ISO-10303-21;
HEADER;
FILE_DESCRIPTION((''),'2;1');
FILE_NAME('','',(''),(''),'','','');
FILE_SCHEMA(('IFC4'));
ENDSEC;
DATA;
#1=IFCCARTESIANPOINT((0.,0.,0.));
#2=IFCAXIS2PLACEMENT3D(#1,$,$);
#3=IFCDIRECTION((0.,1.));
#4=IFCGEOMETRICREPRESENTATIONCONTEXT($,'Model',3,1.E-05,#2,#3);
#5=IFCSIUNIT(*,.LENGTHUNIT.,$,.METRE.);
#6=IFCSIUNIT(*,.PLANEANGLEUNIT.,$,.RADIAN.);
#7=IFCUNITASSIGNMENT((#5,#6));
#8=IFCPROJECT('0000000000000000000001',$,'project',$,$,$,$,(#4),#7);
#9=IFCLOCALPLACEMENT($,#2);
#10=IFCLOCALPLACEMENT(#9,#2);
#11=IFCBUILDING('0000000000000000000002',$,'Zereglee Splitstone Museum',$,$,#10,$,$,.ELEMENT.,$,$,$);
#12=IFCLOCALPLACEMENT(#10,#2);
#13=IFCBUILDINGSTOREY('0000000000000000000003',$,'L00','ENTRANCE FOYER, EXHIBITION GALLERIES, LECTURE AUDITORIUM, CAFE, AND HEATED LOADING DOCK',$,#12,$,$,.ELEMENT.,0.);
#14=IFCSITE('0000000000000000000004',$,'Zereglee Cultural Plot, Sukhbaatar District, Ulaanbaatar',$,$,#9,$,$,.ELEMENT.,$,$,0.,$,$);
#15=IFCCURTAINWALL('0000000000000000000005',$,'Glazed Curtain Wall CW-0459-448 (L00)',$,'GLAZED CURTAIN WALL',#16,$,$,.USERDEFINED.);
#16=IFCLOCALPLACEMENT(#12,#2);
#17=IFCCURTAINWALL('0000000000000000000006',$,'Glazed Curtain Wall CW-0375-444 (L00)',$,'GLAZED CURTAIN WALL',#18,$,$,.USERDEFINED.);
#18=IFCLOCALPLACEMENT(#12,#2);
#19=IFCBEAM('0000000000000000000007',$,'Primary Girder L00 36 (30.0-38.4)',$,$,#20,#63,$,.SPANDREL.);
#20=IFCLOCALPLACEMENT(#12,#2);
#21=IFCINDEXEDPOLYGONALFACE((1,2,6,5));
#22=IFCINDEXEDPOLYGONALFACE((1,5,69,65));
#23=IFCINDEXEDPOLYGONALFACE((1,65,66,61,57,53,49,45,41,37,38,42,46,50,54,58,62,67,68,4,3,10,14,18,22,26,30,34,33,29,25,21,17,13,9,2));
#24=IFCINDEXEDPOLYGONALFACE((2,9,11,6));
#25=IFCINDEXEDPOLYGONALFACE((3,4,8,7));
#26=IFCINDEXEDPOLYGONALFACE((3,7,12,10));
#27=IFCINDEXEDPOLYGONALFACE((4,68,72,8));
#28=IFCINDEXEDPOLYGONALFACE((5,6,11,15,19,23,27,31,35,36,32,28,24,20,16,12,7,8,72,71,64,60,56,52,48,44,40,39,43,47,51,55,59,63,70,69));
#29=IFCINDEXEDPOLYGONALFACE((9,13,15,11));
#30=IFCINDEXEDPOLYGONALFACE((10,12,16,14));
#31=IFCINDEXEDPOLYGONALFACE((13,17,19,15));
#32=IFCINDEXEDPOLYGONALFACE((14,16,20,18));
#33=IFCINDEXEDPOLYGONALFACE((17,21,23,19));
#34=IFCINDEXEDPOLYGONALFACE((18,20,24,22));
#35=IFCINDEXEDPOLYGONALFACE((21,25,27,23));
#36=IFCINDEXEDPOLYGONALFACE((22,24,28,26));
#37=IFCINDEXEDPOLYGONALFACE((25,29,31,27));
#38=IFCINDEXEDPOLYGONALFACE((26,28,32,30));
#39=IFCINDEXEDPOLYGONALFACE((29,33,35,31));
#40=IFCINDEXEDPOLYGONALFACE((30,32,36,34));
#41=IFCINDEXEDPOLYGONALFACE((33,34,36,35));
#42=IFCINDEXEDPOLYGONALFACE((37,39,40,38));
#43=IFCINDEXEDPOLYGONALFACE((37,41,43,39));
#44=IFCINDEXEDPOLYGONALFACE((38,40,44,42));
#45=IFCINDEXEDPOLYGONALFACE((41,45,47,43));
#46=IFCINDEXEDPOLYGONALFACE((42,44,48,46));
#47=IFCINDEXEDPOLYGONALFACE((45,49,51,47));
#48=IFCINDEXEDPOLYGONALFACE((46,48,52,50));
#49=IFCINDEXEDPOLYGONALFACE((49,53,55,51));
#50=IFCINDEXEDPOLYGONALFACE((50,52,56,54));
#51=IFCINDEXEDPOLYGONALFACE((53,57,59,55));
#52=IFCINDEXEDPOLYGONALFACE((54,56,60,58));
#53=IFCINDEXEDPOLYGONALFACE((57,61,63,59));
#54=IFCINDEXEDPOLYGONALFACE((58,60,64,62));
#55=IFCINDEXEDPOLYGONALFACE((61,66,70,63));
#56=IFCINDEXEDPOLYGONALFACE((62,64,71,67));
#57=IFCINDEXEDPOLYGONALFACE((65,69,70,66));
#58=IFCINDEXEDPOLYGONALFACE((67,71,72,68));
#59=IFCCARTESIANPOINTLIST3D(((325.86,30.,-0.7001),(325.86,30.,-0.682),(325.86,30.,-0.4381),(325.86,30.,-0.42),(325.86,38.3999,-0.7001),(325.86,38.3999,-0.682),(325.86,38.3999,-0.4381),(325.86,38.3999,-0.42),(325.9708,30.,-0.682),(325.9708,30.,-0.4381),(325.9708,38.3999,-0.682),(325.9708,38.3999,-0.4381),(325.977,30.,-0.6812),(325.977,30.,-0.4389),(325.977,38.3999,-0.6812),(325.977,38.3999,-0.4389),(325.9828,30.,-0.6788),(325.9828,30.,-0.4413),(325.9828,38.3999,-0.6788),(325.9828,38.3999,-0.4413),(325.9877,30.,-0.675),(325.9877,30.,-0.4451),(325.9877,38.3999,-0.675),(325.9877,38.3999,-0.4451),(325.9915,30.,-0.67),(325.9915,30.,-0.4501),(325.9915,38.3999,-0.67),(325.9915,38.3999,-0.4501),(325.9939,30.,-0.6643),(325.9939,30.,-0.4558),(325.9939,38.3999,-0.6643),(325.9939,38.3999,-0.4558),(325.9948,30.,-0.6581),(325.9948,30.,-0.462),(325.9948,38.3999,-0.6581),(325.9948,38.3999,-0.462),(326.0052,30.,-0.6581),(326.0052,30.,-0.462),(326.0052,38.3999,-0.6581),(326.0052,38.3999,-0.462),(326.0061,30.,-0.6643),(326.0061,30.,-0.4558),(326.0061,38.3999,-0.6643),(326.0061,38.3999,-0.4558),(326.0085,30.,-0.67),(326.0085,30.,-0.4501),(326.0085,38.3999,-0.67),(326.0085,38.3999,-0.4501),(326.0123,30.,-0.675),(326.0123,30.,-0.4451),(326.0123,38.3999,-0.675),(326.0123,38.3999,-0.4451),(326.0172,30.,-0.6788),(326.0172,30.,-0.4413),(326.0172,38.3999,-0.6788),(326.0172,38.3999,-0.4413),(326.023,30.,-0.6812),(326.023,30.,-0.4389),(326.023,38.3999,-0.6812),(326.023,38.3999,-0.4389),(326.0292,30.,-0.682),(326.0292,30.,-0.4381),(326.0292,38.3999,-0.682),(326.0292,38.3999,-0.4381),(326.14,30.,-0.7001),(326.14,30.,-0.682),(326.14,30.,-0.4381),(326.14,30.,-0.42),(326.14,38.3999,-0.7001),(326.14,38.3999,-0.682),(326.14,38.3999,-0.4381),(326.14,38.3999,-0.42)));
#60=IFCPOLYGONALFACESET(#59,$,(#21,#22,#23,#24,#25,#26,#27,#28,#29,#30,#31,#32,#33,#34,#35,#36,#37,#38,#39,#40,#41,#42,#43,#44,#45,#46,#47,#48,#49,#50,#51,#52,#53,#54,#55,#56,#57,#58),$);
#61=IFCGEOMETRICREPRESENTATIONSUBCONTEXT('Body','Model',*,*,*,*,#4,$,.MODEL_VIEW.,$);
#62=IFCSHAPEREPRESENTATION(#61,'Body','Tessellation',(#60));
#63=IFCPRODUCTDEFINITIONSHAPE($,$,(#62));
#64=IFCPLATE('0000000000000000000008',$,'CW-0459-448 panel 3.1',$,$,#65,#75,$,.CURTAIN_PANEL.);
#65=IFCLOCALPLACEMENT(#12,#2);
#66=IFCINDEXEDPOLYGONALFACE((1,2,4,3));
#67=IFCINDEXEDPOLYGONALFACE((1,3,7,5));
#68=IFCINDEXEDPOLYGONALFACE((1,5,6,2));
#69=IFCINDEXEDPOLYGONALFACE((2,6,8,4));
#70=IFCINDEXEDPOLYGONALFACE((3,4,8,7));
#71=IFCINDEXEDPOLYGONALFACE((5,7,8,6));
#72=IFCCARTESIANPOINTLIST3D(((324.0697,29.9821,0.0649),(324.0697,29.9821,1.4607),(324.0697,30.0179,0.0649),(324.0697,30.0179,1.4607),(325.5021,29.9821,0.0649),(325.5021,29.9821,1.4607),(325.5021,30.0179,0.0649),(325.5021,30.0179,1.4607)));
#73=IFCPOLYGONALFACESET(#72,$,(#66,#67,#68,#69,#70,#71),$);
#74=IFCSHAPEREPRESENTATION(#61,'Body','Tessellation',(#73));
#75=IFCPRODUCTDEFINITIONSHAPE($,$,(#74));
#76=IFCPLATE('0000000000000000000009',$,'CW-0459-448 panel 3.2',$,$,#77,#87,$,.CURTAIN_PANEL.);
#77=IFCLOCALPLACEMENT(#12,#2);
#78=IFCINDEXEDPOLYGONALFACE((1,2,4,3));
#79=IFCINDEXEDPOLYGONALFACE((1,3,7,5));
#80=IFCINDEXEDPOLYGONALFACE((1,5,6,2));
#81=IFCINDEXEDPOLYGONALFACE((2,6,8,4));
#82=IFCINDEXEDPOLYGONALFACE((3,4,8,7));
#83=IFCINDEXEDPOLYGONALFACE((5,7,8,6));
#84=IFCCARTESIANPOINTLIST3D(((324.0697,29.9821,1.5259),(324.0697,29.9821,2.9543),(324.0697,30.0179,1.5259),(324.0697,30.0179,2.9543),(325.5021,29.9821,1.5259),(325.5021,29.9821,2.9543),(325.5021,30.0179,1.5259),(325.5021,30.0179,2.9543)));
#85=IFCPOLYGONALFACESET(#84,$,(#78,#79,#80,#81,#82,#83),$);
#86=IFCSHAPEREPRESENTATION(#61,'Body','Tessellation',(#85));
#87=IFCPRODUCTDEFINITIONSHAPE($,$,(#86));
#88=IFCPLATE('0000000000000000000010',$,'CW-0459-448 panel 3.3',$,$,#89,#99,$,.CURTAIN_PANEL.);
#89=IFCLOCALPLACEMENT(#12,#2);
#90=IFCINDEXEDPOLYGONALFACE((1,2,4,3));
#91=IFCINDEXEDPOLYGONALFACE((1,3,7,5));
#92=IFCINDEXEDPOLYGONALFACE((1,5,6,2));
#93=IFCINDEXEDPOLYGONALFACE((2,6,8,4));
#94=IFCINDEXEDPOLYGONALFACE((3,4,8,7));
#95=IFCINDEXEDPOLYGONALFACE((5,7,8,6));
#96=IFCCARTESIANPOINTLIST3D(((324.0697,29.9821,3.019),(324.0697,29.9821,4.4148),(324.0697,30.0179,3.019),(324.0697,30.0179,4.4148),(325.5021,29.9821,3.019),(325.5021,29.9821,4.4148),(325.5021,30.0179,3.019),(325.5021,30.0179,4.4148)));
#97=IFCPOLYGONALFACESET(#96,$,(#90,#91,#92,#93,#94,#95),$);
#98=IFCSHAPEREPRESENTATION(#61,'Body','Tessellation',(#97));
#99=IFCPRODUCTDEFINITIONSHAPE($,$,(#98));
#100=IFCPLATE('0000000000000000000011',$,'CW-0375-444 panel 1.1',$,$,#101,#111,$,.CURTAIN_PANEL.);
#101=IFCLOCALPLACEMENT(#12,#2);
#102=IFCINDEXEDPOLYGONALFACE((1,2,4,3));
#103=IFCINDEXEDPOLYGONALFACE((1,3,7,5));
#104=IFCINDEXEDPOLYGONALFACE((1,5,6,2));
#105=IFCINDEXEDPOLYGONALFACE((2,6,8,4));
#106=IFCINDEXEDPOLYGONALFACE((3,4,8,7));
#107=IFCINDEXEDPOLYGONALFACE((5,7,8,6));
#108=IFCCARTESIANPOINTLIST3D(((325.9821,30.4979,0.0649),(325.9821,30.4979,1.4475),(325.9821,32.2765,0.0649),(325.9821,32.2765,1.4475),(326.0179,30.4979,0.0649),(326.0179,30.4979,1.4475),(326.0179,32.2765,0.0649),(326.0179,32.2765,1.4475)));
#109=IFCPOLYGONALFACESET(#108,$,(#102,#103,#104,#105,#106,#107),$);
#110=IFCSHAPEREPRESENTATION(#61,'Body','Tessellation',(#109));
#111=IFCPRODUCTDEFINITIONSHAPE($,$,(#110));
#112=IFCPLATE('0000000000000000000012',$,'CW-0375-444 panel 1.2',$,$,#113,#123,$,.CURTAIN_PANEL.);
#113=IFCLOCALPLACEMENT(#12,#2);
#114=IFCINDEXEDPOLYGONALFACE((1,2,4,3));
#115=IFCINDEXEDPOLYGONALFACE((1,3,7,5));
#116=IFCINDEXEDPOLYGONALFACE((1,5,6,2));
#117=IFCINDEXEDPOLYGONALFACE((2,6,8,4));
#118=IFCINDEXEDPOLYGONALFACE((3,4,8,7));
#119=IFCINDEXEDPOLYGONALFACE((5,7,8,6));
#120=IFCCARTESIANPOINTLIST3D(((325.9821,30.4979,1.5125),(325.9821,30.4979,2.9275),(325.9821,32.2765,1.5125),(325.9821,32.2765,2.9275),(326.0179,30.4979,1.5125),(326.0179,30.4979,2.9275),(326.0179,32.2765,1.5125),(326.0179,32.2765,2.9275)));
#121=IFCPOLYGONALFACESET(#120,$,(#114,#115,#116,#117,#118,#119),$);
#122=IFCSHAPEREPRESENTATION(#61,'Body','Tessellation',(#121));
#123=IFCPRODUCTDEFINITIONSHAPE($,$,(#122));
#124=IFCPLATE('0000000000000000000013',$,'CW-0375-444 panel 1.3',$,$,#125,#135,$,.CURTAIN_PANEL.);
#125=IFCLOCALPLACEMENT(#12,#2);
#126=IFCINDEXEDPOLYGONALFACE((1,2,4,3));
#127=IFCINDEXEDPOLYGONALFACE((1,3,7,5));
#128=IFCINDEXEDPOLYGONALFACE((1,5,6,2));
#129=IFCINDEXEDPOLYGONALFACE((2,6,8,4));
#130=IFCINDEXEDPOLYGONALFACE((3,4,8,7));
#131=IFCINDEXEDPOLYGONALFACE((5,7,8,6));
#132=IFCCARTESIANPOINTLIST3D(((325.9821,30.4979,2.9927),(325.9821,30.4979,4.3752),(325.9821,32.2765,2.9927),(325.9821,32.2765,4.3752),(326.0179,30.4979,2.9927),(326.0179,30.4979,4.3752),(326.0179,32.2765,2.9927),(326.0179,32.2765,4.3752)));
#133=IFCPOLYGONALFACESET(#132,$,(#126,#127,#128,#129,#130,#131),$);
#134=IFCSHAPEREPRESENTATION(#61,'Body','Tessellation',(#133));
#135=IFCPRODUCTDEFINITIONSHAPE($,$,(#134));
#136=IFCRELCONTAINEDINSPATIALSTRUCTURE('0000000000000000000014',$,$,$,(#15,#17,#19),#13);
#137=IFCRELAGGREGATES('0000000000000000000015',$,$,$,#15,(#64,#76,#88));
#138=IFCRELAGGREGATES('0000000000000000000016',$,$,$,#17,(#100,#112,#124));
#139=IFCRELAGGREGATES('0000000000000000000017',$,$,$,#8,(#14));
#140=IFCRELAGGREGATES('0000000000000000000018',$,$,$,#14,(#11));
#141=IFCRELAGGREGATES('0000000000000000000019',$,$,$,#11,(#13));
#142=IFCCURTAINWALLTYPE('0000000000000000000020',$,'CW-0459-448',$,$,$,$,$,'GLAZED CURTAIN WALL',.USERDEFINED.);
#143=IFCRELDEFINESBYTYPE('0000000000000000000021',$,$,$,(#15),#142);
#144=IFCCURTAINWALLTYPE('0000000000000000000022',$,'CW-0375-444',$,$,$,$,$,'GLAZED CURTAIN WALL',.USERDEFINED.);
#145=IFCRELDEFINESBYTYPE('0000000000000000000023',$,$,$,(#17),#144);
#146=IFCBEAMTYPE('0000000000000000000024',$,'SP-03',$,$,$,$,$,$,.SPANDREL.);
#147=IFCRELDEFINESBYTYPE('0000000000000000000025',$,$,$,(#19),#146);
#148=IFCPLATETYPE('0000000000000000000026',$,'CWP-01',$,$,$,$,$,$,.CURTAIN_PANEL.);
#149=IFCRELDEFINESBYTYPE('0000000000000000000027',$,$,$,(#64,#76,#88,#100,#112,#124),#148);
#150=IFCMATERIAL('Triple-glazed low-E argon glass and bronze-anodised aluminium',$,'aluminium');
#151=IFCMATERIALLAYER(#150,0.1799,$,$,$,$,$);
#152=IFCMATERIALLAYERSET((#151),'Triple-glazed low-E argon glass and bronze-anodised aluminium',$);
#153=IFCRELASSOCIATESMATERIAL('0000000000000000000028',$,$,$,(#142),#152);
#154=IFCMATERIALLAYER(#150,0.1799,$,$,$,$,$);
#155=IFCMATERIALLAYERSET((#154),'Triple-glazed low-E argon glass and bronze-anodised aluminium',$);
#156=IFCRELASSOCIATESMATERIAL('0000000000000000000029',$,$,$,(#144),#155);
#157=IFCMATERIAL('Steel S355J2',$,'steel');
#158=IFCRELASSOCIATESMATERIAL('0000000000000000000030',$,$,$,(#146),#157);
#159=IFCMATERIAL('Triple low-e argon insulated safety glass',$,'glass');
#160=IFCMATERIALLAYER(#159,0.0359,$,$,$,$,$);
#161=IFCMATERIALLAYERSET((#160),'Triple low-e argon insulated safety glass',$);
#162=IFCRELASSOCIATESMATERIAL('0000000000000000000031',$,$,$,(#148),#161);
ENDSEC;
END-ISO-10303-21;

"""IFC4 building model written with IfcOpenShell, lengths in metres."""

from ifc_helpers import new_model, si_unit, direction, frame, origin, origin_2d, place, context, subcontext, project, spatial, rectangle, i_section, extrude, material, layer, layer_set, material_profile, profile_set, type_object, element, aggregate, save


model = new_model("IFC4")

# Units and contexts
model_context = context("Model", 3, precision=1e-05, world=origin(), true_north=direction((0.0, 1.0)))
body_context = subcontext(model_context, "Body", "Model", "MODEL_VIEW")
ifc_project = project(units=[si_unit("LENGTHUNIT", "METRE"), si_unit("PLANEANGLEUNIT", "RADIAN")], contexts=[model_context])

# Site, building, storey
site_placement = place(None, origin())
site = spatial("IfcSite", under=ifc_project, at=site_placement, Name="Zereglee Cultural Plot, Sukhbaatar District, Ulaanbaatar", CompositionType="ELEMENT", RefElevation=0.0)
building_placement = place(site_placement, origin())
building = spatial("IfcBuilding", under=site, at=building_placement, Name="Zereglee Splitstone Museum", CompositionType="ELEMENT")
storey_placement = place(building_placement, origin())
storey = spatial("IfcBuildingStorey", under=building, at=storey_placement, Name="L00", Description="ENTRANCE FOYER, EXHIBITION GALLERIES, LECTURE AUDITORIUM, CAFE, AND HEATED LOADING DOCK", CompositionType="ELEMENT", Elevation=0.0)

# Curtain walls
ifc_material_1 = material(Name="Triple-glazed low-E argon glass and bronze-anodised aluminium", Category="aluminium")
ifc_layer_1 = layer(ifc_material_1, 0.1799)
ifc_layer_set_1 = layer_set([ifc_layer_1], Name="Triple-glazed low-E argon glass and bronze-anodised aluminium")
curtain_wall_type_1 = type_object("IfcCurtainWallType", Name="CW-0459-448", ElementType="GLAZED CURTAIN WALL", PredefinedType="USERDEFINED", material=ifc_layer_set_1)
curtain_wall_1_placement = place(storey_placement, origin())
curtain_wall_1 = element("IfcCurtainWall", 1, at=curtain_wall_1_placement, inside=storey, type_object=curtain_wall_type_1, Name="Glazed Curtain Wall CW-0459-448 (L00)", ObjectType="GLAZED CURTAIN WALL", PredefinedType="USERDEFINED")
ifc_layer_2 = layer(ifc_material_1, 0.1799)
ifc_layer_set_2 = layer_set([ifc_layer_2], Name="Triple-glazed low-E argon glass and bronze-anodised aluminium")
curtain_wall_type_2 = type_object("IfcCurtainWallType", Name="CW-0375-444", ElementType="GLAZED CURTAIN WALL", PredefinedType="USERDEFINED", material=ifc_layer_set_2)
curtain_wall_2_placement = place(storey_placement, origin())
curtain_wall_2 = element("IfcCurtainWall", 2, at=curtain_wall_2_placement, inside=storey, type_object=curtain_wall_type_2, Name="Glazed Curtain Wall CW-0375-444 (L00)", ObjectType="GLAZED CURTAIN WALL", PredefinedType="USERDEFINED")

# Beam
ifc_material_2 = material(Name="Steel S355J2", Category="steel")
ifc_material_profile_1 = material_profile(ifc_material_2, i_section(OverallWidth=0.28, OverallDepth=0.28, WebThickness=0.0105, FlangeThickness=0.0181, FilletRadius=0.0239, at=origin_2d()), Name="HE 280 B")
ifc_profile_set_1 = profile_set([ifc_material_profile_1], Name="Steel S355J2")
beam_type = type_object("IfcBeamType", Name="SP-03", PredefinedType="SPANDREL", material=ifc_profile_set_1)
beam_placement = place(storey_placement, frame((326.0, 30.0, -0.5601), z_axis=(0.0, 1.0, 0.0), x_axis=(-1.0, 0.0, 0.0)))
element("IfcBeam", 3, at=beam_placement, inside=storey, type_object=beam_type, Name="Primary Girder L00 36 (30.0-38.4)", PredefinedType="SPANDREL", context=body_context, shape_type="SweptSolid", body=[
    extrude(i_section(OverallWidth=0.28, OverallDepth=0.28, WebThickness=0.0105, FlangeThickness=0.0181, FilletRadius=0.0239, at=origin_2d()), origin(), (0.0, 0.0, 1.0), 8.3999),
])

# Plates
ifc_material_3 = material(Name="Triple low-e argon insulated safety glass", Category="glass")
ifc_layer_3 = layer(ifc_material_3, 0.0359)
ifc_layer_set_3 = layer_set([ifc_layer_3], Name="Triple low-e argon insulated safety glass")
plate_type = type_object("IfcPlateType", Name="CWP-01", PredefinedType="CURTAIN_PANEL", material=ifc_layer_set_3)
plate_1_placement = place(storey_placement, frame((324.7859, 30.0, 0.0649), z_axis=(0.0, 0.0, 1.0), x_axis=(1.0, 0.0, 0.0)))
plate_1 = element("IfcPlate", 4, at=plate_1_placement, type_object=plate_type, Name="CW-0459-448 panel 3.1", PredefinedType="CURTAIN_PANEL", context=body_context, shape_type="SweptSolid", body=[
    extrude(rectangle(XDim=1.4324, YDim=0.0359, at=origin_2d()), origin(), (0.0, 0.0, 1.0), 1.3958),
])
plate_2_placement = place(storey_placement, frame((324.7859, 30.0, 1.5259), z_axis=(0.0, 0.0, 1.0), x_axis=(1.0, 0.0, 0.0)))
plate_2 = element("IfcPlate", 5, at=plate_2_placement, type_object=plate_type, Name="CW-0459-448 panel 3.2", PredefinedType="CURTAIN_PANEL", context=body_context, shape_type="SweptSolid", body=[
    extrude(rectangle(XDim=1.4324, YDim=0.0359, at=origin_2d()), origin(), (0.0, 0.0, 1.0), 1.4285),
])
plate_3_placement = place(storey_placement, frame((324.7859, 30.0, 3.019), z_axis=(0.0, 0.0, 1.0), x_axis=(1.0, 0.0, 0.0)))
plate_3 = element("IfcPlate", 6, at=plate_3_placement, type_object=plate_type, Name="CW-0459-448 panel 3.3", PredefinedType="CURTAIN_PANEL", context=body_context, shape_type="SweptSolid", body=[
    extrude(rectangle(XDim=1.4324, YDim=0.0359, at=origin_2d()), origin(), (0.0, 0.0, 1.0), 1.3958),
])
aggregate(curtain_wall_1, [plate_1, plate_2, plate_3])
plate_4_placement = place(storey_placement, frame((326.0, 31.3872, 0.0649), z_axis=(0.0, 0.0, 1.0), x_axis=(0.0, 1.0, 0.0)))
plate_4 = element("IfcPlate", 7, at=plate_4_placement, type_object=plate_type, Name="CW-0375-444 panel 1.1", PredefinedType="CURTAIN_PANEL", context=body_context, shape_type="SweptSolid", body=[
    extrude(rectangle(XDim=1.7786, YDim=0.0359, at=origin_2d()), origin(), (0.0, 0.0, 1.0), 1.3826),
])
plate_5_placement = place(storey_placement, frame((326.0, 31.3872, 1.5125), z_axis=(0.0, 0.0, 1.0), x_axis=(0.0, 1.0, 0.0)))
plate_5 = element("IfcPlate", 8, at=plate_5_placement, type_object=plate_type, Name="CW-0375-444 panel 1.2", PredefinedType="CURTAIN_PANEL", context=body_context, shape_type="SweptSolid", body=[
    extrude(rectangle(XDim=1.7786, YDim=0.0359, at=origin_2d()), origin(), (0.0, 0.0, 1.0), 1.415),
])
plate_6_placement = place(storey_placement, frame((326.0, 31.3872, 2.9927), z_axis=(0.0, 0.0, 1.0), x_axis=(0.0, 1.0, 0.0)))
plate_6 = element("IfcPlate", 9, at=plate_6_placement, type_object=plate_type, Name="CW-0375-444 panel 1.3", PredefinedType="CURTAIN_PANEL", context=body_context, shape_type="SweptSolid", body=[
    extrude(rectangle(XDim=1.7786, YDim=0.0359, at=origin_2d()), origin(), (0.0, 0.0, 1.0), 1.3826),
])
aggregate(curtain_wall_2, [plate_4, plate_5, plate_6])

save(model, "model.ifc")
